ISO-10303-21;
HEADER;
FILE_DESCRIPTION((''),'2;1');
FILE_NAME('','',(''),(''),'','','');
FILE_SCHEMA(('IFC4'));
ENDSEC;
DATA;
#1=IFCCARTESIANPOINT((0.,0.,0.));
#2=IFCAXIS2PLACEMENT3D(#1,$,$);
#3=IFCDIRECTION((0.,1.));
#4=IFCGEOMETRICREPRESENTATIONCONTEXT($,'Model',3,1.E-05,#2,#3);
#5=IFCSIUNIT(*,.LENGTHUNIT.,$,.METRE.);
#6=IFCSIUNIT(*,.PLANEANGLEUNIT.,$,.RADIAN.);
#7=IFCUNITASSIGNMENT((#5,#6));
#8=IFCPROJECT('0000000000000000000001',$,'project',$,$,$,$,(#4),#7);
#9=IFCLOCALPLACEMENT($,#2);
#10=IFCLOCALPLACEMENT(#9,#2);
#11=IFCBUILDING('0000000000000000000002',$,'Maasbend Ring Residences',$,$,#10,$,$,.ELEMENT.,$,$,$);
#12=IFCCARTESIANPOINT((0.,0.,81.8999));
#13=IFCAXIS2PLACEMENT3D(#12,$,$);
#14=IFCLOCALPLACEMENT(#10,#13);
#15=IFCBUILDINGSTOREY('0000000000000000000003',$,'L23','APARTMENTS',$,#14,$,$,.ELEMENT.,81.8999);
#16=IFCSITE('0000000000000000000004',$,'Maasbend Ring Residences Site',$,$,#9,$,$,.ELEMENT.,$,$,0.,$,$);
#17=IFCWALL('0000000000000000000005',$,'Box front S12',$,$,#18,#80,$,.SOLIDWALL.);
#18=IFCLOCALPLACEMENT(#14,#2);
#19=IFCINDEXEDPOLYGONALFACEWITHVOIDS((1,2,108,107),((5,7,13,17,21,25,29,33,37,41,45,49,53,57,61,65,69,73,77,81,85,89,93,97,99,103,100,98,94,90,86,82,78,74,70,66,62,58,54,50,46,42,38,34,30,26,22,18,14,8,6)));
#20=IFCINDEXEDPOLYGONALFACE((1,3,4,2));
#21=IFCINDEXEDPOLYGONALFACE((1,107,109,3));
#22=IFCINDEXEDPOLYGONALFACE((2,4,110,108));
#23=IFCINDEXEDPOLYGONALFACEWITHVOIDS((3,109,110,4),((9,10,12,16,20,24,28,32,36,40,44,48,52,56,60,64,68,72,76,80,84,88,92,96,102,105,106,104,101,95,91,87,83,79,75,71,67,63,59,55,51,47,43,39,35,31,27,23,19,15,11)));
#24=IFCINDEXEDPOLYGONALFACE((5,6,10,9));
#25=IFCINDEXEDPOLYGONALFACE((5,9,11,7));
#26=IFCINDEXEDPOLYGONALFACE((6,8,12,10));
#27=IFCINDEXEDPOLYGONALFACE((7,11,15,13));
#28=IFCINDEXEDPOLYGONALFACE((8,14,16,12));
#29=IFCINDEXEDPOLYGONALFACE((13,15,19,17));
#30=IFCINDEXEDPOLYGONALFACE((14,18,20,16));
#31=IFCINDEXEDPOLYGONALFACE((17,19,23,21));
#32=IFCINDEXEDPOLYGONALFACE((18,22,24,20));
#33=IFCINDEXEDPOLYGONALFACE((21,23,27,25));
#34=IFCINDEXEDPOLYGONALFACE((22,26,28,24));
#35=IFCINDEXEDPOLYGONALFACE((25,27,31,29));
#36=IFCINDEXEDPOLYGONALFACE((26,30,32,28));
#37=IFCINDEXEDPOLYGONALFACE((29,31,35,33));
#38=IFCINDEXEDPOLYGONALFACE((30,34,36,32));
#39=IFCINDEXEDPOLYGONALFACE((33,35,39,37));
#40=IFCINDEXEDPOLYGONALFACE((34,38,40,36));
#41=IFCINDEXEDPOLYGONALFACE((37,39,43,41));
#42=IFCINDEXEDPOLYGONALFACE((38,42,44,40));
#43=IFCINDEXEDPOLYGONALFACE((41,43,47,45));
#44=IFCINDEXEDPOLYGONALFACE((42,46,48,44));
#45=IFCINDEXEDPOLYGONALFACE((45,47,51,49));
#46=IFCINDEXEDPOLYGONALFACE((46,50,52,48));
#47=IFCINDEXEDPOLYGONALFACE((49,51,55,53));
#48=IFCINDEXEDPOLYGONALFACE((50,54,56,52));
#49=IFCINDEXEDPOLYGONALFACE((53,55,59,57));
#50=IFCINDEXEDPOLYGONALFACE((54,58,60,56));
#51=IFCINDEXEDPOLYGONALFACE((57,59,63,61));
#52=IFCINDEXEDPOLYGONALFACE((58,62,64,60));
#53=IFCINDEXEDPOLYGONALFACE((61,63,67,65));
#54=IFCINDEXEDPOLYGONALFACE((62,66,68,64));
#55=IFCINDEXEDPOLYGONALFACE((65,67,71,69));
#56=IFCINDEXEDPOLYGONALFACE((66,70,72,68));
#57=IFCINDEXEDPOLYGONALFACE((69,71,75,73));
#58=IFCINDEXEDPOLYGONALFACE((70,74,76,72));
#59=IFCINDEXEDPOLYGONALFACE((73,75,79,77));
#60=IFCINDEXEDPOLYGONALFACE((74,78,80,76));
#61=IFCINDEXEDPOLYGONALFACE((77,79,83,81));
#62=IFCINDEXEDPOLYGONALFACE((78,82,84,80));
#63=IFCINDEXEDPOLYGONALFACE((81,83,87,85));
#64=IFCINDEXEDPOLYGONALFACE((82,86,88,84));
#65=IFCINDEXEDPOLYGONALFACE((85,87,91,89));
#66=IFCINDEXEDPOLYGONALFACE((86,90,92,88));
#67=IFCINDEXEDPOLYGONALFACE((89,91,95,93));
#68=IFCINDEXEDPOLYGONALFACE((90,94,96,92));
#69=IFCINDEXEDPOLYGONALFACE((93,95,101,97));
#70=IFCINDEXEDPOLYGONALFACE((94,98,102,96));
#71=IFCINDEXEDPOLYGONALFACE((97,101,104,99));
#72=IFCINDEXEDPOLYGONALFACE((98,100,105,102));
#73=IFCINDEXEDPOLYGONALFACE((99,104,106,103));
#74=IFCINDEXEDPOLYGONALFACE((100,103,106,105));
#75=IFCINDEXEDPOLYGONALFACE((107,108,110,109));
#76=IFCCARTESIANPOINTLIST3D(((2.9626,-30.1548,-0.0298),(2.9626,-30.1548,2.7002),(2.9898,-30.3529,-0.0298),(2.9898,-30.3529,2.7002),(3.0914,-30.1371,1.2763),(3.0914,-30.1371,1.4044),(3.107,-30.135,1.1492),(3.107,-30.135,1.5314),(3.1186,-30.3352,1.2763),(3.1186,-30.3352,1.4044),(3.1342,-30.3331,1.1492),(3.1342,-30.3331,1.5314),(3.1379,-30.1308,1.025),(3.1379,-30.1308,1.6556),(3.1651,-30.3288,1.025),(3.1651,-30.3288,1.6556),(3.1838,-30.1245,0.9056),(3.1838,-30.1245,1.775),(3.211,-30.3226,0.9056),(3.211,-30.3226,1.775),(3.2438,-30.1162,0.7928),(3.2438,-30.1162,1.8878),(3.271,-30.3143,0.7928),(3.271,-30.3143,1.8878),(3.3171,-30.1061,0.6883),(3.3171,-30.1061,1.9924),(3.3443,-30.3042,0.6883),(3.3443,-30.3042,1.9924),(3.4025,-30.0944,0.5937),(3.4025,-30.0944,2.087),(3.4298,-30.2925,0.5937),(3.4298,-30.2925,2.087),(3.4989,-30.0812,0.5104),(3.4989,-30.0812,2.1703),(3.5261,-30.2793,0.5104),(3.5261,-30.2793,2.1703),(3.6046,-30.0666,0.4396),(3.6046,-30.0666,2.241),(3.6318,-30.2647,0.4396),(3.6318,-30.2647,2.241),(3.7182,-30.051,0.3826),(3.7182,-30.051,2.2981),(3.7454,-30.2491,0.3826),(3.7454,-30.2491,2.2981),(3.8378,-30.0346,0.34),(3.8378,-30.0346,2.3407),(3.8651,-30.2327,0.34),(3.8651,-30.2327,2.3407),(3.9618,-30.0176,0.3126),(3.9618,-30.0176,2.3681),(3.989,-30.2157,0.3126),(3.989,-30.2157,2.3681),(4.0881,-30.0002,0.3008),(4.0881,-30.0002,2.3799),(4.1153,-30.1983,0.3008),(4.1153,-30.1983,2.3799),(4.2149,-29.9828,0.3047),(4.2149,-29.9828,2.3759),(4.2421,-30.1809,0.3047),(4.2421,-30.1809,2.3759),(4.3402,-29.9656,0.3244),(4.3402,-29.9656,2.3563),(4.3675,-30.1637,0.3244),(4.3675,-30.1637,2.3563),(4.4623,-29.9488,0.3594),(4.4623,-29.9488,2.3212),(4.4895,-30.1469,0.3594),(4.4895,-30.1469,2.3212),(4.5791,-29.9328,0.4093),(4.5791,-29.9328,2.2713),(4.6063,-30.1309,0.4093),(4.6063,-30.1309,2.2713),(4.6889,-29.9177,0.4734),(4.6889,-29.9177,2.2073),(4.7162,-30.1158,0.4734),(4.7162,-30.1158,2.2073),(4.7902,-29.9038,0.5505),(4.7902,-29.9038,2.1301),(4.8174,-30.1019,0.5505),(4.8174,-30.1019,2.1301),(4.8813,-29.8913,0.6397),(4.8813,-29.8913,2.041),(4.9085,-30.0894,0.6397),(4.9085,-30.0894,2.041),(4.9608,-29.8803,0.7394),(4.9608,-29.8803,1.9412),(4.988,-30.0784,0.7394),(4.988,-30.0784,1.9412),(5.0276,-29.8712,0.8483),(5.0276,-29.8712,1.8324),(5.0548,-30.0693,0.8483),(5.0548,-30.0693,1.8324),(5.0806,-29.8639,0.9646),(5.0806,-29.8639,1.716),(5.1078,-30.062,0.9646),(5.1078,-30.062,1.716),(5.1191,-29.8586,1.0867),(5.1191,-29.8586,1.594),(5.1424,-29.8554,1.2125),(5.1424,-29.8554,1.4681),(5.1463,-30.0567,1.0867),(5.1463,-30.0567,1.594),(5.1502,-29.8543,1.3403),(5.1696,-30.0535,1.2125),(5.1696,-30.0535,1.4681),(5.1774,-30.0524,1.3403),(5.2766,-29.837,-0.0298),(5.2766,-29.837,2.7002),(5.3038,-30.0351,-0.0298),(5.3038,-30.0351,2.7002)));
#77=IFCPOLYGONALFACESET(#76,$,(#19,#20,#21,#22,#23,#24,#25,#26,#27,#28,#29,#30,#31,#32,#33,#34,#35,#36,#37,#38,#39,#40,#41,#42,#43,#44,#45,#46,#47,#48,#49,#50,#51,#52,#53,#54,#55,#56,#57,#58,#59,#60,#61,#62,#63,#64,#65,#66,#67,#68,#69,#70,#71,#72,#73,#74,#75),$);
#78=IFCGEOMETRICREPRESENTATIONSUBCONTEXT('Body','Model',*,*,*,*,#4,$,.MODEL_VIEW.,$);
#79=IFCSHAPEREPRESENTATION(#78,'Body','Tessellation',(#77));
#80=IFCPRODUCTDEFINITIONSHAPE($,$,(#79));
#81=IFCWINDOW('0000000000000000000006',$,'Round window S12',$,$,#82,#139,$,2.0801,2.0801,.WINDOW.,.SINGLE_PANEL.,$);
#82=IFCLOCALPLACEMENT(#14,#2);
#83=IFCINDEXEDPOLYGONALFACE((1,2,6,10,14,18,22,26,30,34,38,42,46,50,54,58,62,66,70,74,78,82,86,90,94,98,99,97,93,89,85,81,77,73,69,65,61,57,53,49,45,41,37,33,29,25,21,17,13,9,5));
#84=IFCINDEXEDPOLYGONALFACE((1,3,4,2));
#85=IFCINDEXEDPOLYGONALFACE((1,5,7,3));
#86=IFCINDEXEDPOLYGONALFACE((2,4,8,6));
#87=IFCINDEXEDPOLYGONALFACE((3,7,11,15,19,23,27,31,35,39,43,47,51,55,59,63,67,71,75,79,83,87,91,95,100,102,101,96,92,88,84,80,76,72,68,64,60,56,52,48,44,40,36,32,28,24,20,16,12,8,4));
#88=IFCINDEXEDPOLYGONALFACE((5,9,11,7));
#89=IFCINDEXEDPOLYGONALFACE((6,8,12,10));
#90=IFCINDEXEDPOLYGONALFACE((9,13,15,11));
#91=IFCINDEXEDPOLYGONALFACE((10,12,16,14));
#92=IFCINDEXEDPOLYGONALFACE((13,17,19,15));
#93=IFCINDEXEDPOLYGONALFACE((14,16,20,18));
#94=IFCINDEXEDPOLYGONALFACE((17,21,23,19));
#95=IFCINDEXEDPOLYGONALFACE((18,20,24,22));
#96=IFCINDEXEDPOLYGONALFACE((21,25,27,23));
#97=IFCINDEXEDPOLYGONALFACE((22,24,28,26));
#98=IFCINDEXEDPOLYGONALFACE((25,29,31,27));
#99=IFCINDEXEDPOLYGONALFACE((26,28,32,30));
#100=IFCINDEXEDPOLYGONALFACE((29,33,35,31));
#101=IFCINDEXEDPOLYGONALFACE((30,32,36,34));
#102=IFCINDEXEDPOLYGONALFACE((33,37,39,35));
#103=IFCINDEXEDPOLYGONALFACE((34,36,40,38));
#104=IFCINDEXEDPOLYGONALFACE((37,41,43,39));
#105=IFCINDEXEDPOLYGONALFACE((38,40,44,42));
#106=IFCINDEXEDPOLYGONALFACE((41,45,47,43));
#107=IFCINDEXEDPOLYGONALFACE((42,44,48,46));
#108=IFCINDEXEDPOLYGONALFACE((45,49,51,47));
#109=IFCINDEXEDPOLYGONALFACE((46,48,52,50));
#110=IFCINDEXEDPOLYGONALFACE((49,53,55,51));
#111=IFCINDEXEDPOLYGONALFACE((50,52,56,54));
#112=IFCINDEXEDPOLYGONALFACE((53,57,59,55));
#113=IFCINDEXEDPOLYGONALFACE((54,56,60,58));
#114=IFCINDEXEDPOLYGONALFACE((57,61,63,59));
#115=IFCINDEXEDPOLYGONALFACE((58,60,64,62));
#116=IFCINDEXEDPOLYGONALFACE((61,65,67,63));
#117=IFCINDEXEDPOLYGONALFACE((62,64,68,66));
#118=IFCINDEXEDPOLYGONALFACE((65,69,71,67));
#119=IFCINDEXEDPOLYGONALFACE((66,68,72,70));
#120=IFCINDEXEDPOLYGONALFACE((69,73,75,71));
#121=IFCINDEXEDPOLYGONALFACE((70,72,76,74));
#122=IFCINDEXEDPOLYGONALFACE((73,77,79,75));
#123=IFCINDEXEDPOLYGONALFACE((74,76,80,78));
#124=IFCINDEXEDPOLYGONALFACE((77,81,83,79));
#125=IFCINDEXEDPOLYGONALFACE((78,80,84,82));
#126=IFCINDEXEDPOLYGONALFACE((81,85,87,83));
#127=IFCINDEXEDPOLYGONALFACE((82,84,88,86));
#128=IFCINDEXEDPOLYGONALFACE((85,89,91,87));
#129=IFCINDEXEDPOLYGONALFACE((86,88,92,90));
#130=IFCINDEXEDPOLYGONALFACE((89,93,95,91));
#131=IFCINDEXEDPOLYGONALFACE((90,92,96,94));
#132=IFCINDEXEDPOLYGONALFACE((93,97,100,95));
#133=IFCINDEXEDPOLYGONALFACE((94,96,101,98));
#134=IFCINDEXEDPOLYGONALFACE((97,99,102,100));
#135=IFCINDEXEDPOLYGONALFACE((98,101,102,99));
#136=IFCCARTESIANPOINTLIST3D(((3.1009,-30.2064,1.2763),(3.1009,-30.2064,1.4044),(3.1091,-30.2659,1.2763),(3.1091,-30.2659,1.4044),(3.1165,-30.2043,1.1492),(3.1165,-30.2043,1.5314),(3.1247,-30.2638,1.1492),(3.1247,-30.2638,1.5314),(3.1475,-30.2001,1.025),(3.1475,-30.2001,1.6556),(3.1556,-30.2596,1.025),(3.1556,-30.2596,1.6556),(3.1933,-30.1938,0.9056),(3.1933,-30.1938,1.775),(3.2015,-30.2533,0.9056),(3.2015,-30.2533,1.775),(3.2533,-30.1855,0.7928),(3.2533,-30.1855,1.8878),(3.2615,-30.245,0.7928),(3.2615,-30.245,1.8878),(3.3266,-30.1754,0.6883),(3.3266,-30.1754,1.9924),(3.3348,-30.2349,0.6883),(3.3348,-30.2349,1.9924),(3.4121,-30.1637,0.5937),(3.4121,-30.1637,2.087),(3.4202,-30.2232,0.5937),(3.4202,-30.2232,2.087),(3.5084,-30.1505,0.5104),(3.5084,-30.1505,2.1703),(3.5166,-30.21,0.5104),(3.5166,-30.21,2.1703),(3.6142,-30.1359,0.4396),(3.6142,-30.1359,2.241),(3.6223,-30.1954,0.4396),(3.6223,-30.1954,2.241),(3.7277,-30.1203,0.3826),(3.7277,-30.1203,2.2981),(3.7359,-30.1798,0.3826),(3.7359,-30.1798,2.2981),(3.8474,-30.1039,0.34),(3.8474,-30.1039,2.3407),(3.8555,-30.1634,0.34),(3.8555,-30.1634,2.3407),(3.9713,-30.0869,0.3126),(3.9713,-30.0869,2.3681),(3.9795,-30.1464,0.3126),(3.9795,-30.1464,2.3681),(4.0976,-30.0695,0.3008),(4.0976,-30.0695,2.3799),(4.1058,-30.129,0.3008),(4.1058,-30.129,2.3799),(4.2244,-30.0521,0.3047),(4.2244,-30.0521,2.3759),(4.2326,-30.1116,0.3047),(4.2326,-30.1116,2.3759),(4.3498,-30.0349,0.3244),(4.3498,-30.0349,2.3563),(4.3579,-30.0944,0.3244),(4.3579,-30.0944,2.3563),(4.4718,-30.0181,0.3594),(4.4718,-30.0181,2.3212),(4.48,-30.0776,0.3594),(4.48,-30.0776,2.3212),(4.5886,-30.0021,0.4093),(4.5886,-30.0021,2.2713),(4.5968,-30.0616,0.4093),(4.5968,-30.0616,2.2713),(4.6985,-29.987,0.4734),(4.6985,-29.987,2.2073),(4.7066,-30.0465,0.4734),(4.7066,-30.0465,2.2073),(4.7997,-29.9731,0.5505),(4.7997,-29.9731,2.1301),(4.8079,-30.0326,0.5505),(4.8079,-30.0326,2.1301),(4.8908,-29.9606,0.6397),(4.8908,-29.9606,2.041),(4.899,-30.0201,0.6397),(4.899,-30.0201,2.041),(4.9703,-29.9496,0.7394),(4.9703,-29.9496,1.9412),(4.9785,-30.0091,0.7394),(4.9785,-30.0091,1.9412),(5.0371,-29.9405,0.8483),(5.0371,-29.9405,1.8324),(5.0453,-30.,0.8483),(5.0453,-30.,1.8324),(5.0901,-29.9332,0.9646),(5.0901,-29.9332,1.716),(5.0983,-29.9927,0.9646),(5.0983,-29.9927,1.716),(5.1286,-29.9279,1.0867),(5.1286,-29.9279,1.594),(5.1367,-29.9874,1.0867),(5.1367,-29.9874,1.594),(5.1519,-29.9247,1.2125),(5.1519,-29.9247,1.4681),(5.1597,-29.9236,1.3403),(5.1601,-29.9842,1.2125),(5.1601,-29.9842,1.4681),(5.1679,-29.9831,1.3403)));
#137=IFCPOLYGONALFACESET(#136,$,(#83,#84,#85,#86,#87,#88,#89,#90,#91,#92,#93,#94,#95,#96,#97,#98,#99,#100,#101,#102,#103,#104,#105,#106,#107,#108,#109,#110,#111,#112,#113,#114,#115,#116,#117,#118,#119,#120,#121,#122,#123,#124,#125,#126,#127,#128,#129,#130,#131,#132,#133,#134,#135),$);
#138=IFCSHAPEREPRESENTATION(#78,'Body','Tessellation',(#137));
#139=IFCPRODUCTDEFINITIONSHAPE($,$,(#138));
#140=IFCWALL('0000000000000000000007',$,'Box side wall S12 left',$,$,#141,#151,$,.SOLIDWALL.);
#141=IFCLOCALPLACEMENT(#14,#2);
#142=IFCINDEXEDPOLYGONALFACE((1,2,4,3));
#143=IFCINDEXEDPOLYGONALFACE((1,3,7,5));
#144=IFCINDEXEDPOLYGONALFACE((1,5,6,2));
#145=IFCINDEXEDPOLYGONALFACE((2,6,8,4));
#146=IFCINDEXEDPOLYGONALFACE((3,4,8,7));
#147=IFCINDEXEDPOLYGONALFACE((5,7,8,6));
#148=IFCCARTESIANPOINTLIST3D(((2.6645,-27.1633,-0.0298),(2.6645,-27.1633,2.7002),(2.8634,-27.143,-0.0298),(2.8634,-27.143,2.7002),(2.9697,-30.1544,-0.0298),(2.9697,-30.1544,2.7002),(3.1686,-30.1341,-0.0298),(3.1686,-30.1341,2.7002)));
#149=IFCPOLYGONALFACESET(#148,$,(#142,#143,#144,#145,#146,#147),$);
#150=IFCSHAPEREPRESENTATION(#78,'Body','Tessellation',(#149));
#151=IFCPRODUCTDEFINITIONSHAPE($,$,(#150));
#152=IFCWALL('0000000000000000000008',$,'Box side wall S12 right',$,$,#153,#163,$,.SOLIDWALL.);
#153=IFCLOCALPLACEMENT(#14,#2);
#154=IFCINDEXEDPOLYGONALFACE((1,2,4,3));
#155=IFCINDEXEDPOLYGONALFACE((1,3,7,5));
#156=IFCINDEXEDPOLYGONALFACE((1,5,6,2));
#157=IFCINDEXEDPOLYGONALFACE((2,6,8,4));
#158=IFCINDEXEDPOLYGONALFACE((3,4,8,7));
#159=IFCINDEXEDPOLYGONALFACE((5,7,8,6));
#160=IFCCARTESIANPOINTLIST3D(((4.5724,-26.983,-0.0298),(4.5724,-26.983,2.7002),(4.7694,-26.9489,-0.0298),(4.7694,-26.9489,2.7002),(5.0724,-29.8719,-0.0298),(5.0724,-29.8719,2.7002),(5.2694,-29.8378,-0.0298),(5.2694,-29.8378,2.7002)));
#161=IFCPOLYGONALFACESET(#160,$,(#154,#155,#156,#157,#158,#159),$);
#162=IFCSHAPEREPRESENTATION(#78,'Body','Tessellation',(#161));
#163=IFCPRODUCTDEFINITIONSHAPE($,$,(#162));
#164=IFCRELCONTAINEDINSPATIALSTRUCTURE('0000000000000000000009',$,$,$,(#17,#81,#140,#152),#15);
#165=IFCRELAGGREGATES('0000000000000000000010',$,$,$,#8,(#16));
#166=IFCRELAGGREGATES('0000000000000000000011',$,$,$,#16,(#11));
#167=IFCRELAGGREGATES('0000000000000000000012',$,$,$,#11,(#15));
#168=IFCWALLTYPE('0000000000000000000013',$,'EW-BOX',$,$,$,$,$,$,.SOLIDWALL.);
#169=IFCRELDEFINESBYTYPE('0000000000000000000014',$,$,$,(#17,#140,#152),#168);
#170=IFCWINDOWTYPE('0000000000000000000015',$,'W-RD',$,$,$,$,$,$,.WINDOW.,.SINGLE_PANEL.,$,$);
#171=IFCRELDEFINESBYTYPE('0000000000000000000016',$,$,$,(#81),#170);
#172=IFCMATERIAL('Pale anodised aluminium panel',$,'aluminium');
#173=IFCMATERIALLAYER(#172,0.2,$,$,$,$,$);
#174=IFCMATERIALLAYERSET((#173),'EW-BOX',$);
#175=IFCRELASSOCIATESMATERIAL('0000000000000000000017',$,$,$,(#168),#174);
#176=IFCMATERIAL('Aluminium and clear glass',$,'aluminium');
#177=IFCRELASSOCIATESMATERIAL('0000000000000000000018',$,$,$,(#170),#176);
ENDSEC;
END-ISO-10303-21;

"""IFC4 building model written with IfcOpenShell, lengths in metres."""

from ifc_helpers import new_model, si_unit, direction, frame, frame_2d, origin, place, context, subcontext, project, spatial, rectangle, circle, extrude, material, layer, layer_set, type_object, element, fill, save


model = new_model("IFC4")

# Units and contexts
model_context = context("Model", 3, precision=1e-05, world=origin(), true_north=direction((0.0, 1.0)))
body_context = subcontext(model_context, "Body", "Model", "MODEL_VIEW")
ifc_project = project(units=[si_unit("LENGTHUNIT", "METRE"), si_unit("PLANEANGLEUNIT", "RADIAN")], contexts=[model_context])

# Site, building, storey
site_placement = place(None, origin())
site = spatial("IfcSite", under=ifc_project, at=site_placement, Name="Maasbend Ring Residences Site", CompositionType="ELEMENT", RefElevation=0.0)
building_placement = place(site_placement, origin())
building = spatial("IfcBuilding", under=site, at=building_placement, Name="Maasbend Ring Residences", CompositionType="ELEMENT")
storey_placement = place(building_placement, frame((0.0, 0.0, 81.8999)))
storey = spatial("IfcBuildingStorey", under=building, at=storey_placement, Name="L23", Description="APARTMENTS", CompositionType="ELEMENT", Elevation=81.8999)

# Wall, opening, window
ifc_material_1 = material(Name="Pale anodised aluminium panel", Category="aluminium")
ifc_layer_1 = layer(ifc_material_1, 0.2)
ifc_layer_set_1 = layer_set([ifc_layer_1], Name="EW-BOX")
wall_type_1 = type_object("IfcWallType", Name="EW-BOX", PredefinedType="SOLIDWALL", material=ifc_layer_set_1)
wall_1_placement = place(storey_placement, frame((2.9761, -30.2539, -0.0298), z_axis=(0.0, 0.0, 1.0), x_axis=(0.990696, 0.136093, 0.0)))
wall_1 = element("IfcWall", 1, at=wall_1_placement, inside=storey, type_object=wall_type_1, Name="Box front S12", PredefinedType="SOLIDWALL", context=body_context, shape_type="SweptSolid", body=[
    extrude(rectangle(XDim=2.3357, YDim=0.2, at=frame_2d((1.168, 0.0))), origin(), (0.0, 0.0, 1.0), 2.73),
])
opening_1_placement = place(wall_1_placement, frame((0.1282, 0.0, 0.3301)))
opening_1 = element("IfcOpeningElement", 2, at=opening_1_placement, cuts=wall_1, PredefinedType="OPENING", context=body_context, shape_type="SweptSolid", body=[
    extrude(circle(Radius=1.04, at=frame_2d((1.04, 1.04))), frame((0.0, 0.1099, 0.0), z_axis=(0.0, -1.0, 0.0), x_axis=(1.0, 0.0, 0.0)), (0.0, 0.0, 1.0), 0.22),
])
ifc_material_2 = material(Name="Aluminium and clear glass", Category="aluminium")
window_type_1 = type_object("IfcWindowType", Name="W-RD", PartitioningType="SINGLE_PANEL", PredefinedType="WINDOW", material=ifc_material_2)
window_1_placement = place(opening_1_placement, origin())
window_1 = element("IfcWindow", 3, at=window_1_placement, inside=storey, type_object=window_type_1, Name="Round window S12", OverallHeight=2.0801, OverallWidth=2.0801, PartitioningType="SINGLE_PANEL", PredefinedType="WINDOW", context=body_context, shape_type="SweptSolid", body=[
    extrude(circle(Radius=1.04, at=frame_2d((1.04, 1.04))), frame((0.0, 0.03, 0.0), z_axis=(0.0, -1.0, 0.0), x_axis=(1.0, 0.0, 0.0)), (0.0, 0.0, 1.0), 0.0601),
])
fill(opening_1, window_1)

# Walls
wall_2_placement = place(storey_placement, frame((2.7639, -27.1531, -0.0298), z_axis=(0.0, 0.0, 1.0), x_axis=(0.101505, -0.994835, 0.0)))
element("IfcWall", 4, at=wall_2_placement, inside=storey, type_object=wall_type_1, Name="Box side wall S12 left", PredefinedType="SOLIDWALL", context=body_context, shape_type="SweptSolid", body=[
    extrude(rectangle(XDim=3.0066, YDim=0.2, at=frame_2d((1.5034, 0.0))), origin(), (0.0, 0.0, 1.0), 2.73),
])
wall_3_placement = place(storey_placement, frame((4.6709, -26.9661, -0.0298), z_axis=(0.0, 0.0, 1.0), x_axis=(0.17054, -0.985351, 0.0)))
element("IfcWall", 5, at=wall_3_placement, inside=storey, type_object=wall_type_1, Name="Box side wall S12 right", PredefinedType="SOLIDWALL", context=body_context, shape_type="SweptSolid", body=[
    extrude(rectangle(XDim=2.9319, YDim=0.2, at=frame_2d((1.4658, 0.0))), origin(), (0.0, 0.0, 1.0), 2.73),
])

save(model, "model.ifc")
